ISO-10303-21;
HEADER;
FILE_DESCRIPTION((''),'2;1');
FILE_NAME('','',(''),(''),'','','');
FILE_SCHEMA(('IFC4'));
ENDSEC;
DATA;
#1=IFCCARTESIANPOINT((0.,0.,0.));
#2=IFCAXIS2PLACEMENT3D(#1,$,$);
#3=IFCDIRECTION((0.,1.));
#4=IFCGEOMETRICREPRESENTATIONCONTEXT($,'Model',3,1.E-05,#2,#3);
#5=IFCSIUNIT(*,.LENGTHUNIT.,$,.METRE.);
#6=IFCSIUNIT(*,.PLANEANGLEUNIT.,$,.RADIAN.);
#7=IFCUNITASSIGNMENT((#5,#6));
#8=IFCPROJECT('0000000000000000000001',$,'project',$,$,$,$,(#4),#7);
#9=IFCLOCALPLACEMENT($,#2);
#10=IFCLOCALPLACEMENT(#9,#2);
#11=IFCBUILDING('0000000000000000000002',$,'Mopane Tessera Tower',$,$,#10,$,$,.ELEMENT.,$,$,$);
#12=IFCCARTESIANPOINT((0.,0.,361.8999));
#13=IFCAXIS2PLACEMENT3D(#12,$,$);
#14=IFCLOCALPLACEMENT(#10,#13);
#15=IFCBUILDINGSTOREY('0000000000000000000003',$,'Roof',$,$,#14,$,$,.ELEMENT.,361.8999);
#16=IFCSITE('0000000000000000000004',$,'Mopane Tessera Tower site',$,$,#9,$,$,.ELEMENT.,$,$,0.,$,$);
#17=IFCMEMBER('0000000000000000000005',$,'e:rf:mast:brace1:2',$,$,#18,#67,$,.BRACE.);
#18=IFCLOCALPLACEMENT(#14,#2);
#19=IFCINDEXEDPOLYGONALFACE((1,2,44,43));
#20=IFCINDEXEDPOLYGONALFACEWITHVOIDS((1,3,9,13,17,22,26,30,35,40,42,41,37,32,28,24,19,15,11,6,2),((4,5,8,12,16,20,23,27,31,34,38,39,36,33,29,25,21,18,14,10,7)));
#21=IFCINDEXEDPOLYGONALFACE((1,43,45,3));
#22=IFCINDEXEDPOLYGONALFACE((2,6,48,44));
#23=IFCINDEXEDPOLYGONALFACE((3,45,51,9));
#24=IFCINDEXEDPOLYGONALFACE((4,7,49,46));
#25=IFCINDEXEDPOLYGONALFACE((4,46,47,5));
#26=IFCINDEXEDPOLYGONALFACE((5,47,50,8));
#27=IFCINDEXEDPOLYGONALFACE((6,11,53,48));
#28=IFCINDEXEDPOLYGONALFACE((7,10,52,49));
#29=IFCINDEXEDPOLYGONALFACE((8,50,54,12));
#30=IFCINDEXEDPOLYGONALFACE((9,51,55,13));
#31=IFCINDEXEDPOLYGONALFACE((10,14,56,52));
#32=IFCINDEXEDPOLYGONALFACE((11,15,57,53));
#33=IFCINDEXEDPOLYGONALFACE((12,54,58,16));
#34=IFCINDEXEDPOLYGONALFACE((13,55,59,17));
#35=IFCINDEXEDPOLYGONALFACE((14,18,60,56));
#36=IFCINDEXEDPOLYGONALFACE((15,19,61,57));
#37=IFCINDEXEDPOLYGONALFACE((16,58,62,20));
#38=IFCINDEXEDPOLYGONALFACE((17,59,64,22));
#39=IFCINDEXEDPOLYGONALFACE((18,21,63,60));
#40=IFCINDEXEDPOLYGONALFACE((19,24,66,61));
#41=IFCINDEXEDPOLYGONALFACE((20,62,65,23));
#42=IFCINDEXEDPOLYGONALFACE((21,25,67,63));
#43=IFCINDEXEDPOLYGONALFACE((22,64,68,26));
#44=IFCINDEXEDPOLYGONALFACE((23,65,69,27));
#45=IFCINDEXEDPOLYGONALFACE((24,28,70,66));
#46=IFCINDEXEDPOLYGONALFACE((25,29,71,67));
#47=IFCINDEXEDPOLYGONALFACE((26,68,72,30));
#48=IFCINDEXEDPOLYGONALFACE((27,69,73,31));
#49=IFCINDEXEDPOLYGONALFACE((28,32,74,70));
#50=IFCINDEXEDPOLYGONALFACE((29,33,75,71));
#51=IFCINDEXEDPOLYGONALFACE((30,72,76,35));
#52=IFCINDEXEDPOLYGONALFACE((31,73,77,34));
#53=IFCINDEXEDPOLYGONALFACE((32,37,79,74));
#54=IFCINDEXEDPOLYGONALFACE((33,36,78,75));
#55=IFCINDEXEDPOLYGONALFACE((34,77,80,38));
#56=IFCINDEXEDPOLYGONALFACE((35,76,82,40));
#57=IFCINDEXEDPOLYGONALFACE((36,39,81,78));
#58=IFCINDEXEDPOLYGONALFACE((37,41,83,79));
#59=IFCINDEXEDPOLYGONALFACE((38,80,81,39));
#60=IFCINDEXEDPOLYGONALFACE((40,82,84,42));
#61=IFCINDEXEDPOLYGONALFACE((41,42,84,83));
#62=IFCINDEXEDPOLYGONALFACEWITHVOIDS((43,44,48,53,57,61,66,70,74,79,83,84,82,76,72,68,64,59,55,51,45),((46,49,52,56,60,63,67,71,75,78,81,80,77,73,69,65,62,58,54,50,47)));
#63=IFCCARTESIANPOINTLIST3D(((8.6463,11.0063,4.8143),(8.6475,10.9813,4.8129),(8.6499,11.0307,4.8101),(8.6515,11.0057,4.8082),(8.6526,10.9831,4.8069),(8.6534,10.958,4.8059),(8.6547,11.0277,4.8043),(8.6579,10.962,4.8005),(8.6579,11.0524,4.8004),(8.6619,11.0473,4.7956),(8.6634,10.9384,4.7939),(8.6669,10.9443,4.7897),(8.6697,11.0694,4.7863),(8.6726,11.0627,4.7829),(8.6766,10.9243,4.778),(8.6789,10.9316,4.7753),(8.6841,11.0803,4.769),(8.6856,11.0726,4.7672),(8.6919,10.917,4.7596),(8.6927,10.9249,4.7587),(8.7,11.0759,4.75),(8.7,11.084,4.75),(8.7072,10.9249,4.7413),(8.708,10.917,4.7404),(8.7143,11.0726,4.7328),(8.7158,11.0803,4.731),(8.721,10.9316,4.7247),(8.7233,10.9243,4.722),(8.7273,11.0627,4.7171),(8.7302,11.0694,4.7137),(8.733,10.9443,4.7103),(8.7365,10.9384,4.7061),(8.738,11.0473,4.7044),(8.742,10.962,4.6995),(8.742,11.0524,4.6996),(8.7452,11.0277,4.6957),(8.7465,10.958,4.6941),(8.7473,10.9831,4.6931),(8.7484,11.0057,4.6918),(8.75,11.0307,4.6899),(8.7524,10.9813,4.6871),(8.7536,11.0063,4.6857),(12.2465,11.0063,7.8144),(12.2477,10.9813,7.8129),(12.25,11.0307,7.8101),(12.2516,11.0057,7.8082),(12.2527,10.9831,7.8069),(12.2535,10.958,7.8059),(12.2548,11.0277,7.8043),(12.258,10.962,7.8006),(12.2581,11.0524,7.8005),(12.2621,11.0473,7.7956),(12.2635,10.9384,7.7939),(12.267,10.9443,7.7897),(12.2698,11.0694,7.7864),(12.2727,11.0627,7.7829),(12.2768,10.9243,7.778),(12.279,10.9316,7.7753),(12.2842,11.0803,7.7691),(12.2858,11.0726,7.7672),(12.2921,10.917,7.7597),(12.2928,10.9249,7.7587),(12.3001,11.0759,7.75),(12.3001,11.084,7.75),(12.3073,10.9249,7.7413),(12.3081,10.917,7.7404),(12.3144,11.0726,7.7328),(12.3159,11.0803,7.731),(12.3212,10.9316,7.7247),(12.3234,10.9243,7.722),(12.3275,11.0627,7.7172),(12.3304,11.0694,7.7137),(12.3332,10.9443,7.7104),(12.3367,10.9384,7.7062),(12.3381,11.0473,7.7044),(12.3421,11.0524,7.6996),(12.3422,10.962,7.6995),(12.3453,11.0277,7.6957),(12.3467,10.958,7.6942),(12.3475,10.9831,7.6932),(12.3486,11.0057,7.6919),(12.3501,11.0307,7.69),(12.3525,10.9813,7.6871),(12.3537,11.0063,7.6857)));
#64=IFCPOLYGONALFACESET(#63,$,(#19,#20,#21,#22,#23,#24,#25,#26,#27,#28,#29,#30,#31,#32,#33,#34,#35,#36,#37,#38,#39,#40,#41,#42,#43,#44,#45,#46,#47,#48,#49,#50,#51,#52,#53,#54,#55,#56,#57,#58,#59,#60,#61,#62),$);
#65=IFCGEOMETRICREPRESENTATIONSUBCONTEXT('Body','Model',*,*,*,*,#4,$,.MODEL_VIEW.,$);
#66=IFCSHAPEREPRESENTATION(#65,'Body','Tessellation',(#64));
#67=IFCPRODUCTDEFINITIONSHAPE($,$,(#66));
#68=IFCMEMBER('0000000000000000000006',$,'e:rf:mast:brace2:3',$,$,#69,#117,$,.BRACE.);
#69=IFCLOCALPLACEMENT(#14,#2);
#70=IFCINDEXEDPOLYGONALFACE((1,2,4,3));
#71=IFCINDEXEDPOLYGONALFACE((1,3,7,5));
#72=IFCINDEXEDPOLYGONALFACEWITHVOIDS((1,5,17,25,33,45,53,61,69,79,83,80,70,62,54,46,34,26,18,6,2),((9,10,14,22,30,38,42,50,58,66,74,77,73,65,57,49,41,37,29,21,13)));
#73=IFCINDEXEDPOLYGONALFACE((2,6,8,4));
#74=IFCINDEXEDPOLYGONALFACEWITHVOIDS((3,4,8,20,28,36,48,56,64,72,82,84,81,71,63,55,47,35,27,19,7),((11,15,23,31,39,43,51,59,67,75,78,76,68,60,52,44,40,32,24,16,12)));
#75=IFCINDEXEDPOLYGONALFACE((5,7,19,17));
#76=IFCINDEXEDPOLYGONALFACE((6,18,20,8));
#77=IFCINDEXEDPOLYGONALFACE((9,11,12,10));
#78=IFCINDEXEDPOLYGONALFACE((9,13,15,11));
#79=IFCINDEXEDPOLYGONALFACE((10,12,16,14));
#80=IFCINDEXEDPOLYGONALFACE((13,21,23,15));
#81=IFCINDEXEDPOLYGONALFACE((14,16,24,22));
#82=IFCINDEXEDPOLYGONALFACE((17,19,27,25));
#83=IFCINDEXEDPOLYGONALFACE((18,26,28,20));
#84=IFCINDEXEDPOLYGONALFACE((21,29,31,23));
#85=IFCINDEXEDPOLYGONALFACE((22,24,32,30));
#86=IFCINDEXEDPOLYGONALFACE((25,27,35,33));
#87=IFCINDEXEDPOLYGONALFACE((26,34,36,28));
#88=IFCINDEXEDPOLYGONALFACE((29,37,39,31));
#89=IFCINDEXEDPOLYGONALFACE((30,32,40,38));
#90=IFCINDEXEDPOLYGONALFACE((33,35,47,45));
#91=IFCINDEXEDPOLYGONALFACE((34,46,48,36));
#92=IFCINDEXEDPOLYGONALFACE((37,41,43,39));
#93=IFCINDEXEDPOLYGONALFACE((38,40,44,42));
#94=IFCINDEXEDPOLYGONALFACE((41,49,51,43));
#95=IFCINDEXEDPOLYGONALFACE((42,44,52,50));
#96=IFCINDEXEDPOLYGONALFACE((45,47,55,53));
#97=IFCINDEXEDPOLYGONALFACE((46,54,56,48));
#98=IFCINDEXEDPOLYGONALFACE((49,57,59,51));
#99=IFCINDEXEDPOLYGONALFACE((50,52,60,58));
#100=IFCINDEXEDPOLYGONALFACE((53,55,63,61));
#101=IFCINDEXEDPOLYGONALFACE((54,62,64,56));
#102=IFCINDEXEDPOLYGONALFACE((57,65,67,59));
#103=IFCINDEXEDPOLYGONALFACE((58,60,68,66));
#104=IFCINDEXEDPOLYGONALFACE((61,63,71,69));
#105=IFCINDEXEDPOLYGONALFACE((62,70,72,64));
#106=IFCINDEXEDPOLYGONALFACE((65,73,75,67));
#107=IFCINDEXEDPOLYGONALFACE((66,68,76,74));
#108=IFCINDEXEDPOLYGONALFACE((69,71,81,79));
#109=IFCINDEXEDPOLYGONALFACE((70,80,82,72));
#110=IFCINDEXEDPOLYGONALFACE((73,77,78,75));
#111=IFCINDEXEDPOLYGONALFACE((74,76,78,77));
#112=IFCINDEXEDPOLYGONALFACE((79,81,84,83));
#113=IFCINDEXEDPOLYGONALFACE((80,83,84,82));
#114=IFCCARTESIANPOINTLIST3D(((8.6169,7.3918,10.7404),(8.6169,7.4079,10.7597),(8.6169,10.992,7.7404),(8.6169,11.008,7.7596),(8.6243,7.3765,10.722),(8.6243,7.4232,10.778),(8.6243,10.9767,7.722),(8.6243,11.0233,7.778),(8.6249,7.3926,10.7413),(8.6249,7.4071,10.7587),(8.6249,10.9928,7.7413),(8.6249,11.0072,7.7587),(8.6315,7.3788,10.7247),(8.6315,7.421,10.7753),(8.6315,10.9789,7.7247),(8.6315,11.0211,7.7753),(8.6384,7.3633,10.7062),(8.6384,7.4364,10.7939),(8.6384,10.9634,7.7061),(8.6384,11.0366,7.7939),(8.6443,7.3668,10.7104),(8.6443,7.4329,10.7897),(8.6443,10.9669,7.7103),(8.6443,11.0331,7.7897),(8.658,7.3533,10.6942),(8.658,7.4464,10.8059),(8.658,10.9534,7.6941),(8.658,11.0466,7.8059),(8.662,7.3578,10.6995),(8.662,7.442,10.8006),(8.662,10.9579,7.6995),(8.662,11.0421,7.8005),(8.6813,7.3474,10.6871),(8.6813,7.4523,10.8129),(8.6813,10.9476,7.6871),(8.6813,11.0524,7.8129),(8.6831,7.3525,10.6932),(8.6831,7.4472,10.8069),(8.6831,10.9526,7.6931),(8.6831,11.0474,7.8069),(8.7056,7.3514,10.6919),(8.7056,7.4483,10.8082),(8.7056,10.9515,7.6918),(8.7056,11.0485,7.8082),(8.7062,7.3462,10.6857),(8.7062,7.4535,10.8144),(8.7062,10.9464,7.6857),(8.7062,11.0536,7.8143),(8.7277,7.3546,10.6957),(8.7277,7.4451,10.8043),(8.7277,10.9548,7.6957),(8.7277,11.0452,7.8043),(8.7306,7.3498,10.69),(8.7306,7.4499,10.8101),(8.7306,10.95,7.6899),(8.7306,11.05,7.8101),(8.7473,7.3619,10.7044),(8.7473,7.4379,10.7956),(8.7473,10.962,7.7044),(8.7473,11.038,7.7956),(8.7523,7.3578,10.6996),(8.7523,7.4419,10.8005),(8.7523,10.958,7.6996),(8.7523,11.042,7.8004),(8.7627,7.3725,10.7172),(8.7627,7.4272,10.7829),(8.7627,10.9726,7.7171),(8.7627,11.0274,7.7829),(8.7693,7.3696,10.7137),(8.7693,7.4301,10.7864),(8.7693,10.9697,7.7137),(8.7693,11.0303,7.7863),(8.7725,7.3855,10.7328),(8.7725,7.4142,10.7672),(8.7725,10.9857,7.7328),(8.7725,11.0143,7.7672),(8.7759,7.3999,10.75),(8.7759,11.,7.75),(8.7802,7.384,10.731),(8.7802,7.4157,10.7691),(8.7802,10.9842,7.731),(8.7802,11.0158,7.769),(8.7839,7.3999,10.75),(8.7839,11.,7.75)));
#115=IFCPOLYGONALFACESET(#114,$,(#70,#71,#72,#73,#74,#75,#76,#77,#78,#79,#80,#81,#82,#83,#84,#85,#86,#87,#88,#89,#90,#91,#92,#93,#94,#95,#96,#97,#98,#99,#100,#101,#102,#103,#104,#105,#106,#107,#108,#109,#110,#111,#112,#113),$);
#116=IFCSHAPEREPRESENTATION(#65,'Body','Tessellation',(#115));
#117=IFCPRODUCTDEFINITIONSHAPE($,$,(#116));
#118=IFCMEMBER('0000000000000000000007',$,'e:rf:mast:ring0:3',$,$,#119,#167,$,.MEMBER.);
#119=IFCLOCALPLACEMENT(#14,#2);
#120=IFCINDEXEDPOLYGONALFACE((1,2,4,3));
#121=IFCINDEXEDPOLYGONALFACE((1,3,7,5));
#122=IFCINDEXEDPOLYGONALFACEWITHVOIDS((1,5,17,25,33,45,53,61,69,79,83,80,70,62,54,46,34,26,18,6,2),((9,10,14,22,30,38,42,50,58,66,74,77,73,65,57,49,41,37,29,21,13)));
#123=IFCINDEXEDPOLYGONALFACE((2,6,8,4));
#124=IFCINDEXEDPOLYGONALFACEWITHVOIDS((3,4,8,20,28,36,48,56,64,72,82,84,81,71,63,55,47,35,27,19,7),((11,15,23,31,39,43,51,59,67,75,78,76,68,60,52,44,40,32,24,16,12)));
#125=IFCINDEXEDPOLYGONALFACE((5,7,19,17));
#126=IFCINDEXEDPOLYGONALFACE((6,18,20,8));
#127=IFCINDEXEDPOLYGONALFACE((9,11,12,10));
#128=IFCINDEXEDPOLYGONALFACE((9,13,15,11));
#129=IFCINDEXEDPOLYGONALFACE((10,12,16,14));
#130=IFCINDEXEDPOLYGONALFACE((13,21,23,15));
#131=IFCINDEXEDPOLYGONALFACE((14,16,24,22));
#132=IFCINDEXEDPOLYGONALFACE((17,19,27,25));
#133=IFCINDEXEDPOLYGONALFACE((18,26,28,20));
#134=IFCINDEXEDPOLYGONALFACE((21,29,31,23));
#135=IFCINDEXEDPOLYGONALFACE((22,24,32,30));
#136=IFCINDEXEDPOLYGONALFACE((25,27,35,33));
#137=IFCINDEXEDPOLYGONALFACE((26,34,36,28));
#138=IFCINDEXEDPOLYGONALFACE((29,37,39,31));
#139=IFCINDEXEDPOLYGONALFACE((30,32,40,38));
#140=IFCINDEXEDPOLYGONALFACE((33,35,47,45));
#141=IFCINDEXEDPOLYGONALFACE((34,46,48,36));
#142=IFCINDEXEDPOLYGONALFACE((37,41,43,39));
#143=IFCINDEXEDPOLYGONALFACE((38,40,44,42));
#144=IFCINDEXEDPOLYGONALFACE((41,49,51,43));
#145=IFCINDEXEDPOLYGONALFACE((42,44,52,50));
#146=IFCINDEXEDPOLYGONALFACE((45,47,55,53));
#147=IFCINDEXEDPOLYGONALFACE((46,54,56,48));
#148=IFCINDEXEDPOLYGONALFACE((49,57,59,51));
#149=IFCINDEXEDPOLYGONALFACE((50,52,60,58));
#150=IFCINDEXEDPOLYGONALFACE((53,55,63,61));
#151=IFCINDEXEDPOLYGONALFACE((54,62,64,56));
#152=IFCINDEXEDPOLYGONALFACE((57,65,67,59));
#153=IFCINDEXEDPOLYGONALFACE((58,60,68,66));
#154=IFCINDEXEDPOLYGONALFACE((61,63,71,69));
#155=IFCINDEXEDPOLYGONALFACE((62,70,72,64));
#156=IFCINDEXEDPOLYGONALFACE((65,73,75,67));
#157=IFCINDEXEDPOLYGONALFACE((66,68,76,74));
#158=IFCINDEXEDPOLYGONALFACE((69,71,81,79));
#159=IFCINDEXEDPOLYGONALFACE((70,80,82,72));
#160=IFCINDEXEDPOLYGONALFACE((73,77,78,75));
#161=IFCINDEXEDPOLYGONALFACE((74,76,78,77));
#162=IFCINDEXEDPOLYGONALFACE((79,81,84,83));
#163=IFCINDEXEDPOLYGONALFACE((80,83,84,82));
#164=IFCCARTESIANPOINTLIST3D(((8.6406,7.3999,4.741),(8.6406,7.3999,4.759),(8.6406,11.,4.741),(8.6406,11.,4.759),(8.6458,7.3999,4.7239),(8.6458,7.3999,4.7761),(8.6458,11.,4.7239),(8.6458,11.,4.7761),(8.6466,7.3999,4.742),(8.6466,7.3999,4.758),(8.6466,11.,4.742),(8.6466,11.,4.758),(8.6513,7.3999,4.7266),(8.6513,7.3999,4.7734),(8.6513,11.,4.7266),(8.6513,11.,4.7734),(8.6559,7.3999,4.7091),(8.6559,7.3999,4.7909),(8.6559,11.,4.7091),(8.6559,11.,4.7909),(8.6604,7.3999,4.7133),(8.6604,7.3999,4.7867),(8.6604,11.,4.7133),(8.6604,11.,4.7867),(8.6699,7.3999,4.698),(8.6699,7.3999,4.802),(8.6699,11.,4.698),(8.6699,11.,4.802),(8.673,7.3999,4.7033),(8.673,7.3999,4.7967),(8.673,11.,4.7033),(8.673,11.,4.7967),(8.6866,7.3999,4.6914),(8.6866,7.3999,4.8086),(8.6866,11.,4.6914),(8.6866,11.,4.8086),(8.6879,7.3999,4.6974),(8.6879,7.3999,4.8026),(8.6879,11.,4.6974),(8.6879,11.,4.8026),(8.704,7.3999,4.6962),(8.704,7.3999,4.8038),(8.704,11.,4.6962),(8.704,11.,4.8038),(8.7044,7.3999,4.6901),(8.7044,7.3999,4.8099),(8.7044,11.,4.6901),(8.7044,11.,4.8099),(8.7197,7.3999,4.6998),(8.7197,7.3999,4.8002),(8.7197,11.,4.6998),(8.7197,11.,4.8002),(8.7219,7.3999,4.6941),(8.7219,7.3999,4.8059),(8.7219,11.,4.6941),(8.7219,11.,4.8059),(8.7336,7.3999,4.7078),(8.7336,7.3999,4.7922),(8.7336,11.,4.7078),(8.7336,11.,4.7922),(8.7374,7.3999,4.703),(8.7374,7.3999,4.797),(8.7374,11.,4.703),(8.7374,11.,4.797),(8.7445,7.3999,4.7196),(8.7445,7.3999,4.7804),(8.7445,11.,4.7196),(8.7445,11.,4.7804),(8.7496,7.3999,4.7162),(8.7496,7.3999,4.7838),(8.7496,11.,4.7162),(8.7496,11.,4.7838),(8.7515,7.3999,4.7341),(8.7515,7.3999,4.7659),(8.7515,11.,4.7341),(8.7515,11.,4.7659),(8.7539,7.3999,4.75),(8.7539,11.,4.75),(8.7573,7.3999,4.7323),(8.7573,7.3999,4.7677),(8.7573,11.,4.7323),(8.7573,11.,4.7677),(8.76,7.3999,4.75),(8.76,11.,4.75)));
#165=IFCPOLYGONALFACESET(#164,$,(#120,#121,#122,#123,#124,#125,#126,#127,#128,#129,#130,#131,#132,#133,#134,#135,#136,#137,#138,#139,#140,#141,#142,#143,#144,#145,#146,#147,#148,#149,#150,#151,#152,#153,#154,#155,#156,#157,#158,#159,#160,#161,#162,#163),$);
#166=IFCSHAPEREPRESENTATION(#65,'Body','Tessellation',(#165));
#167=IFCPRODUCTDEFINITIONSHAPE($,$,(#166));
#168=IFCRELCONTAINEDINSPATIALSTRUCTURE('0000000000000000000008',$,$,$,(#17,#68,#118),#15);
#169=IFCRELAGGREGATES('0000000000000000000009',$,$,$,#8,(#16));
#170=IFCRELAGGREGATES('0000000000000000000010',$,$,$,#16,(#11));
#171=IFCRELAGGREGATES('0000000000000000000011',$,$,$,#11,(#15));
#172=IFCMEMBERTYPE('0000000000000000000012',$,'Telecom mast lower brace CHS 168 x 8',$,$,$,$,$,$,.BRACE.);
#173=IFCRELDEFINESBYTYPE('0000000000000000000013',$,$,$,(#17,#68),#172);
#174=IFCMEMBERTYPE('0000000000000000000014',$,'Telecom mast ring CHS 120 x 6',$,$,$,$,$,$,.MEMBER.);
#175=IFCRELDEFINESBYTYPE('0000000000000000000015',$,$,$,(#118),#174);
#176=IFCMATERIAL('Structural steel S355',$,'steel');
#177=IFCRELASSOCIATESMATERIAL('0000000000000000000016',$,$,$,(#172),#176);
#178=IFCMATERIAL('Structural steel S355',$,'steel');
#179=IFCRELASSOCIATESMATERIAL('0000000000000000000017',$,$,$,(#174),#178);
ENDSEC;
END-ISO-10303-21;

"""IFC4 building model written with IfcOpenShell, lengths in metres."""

from ifc_helpers import new_model, si_unit, direction, frame, origin, origin_2d, place, context, subcontext, project, spatial, hollow_circle, extrude, material, material_profile, profile_set, type_object, element, save


model = new_model("IFC4")

# Units and contexts
model_context = context("Model", 3, precision=1e-05, world=origin(), true_north=direction((0.0, 1.0)))
body_context = subcontext(model_context, "Body", "Model", "MODEL_VIEW")
ifc_project = project(units=[si_unit("LENGTHUNIT", "METRE"), si_unit("PLANEANGLEUNIT", "RADIAN")], contexts=[model_context])

# Site, building, storey
site_placement = place(None, origin())
site = spatial("IfcSite", under=ifc_project, at=site_placement, Name="Mopane Tessera Tower site", CompositionType="ELEMENT", RefElevation=0.0)
building_placement = place(site_placement, origin())
building = spatial("IfcBuilding", under=site, at=building_placement, Name="Mopane Tessera Tower", CompositionType="ELEMENT")
storey_placement = place(building_placement, frame((0.0, 0.0, 361.8999)))
storey = spatial("IfcBuildingStorey", under=building, at=storey_placement, Name="Roof", CompositionType="ELEMENT", Elevation=361.8999)

# Members
ifc_material_1 = material(Name="Structural steel S355", Category="steel")
ifc_material_profile_1 = material_profile(ifc_material_1, hollow_circle(Radius=0.084, WallThickness=0.0081, at=origin_2d()))
ifc_profile_set_1 = profile_set([ifc_material_profile_1], Name="Structural steel S355")
member_type_1 = type_object("IfcMemberType", Name="Telecom mast lower brace CHS 168 x 8", PredefinedType="BRACE", material=ifc_profile_set_1)
for number, where, z_axis, x_axis, name in (
    (1, (8.7, 11.0, 4.75), (0.76823, 0.0, 0.640174), (0.0, 1.0, 0.0), "e:rf:mast:brace1:2"),
    (2, (8.7, 11.0, 7.75), (0.0, -0.76823, 0.640174), (1.0, 0.0, 0.0), "e:rf:mast:brace2:3"),
):
    element("IfcMember", number, at=place(storey_placement, frame(where, z_axis=z_axis, x_axis=x_axis)), inside=storey, type_object=member_type_1, Name=name, PredefinedType="BRACE", context=body_context, shape_type="SweptSolid", body=[
        extrude(hollow_circle(Radius=0.084, WallThickness=0.0081, at=origin_2d()), origin(), (0.0, 0.0, 1.0), 4.6863),
    ])
ifc_material_2 = material(Name="Structural steel S355", Category="steel")
ifc_material_profile_2 = material_profile(ifc_material_2, hollow_circle(Radius=0.0601, WallThickness=0.0061, at=origin_2d()))
ifc_profile_set_2 = profile_set([ifc_material_profile_2], Name="Structural steel S355")
member_type_2 = type_object("IfcMemberType", Name="Telecom mast ring CHS 120 x 6", PredefinedType="MEMBER", material=ifc_profile_set_2)
for number, where, z_axis, x_axis, name in (
    (3, (8.7, 11.0, 4.75), (0.0, -1.0, 0.0), (1.0, 0.0, 0.0), "e:rf:mast:ring0:3"),
):
    element("IfcMember", number, at=place(storey_placement, frame(where, z_axis=z_axis, x_axis=x_axis)), inside=storey, type_object=member_type_2, Name=name, PredefinedType="MEMBER", context=body_context, shape_type="SweptSolid", body=[
        extrude(hollow_circle(Radius=0.0601, WallThickness=0.0061, at=origin_2d()), origin(), (0.0, 0.0, 1.0), 3.6001),
    ])

save(model, "model.ifc")
